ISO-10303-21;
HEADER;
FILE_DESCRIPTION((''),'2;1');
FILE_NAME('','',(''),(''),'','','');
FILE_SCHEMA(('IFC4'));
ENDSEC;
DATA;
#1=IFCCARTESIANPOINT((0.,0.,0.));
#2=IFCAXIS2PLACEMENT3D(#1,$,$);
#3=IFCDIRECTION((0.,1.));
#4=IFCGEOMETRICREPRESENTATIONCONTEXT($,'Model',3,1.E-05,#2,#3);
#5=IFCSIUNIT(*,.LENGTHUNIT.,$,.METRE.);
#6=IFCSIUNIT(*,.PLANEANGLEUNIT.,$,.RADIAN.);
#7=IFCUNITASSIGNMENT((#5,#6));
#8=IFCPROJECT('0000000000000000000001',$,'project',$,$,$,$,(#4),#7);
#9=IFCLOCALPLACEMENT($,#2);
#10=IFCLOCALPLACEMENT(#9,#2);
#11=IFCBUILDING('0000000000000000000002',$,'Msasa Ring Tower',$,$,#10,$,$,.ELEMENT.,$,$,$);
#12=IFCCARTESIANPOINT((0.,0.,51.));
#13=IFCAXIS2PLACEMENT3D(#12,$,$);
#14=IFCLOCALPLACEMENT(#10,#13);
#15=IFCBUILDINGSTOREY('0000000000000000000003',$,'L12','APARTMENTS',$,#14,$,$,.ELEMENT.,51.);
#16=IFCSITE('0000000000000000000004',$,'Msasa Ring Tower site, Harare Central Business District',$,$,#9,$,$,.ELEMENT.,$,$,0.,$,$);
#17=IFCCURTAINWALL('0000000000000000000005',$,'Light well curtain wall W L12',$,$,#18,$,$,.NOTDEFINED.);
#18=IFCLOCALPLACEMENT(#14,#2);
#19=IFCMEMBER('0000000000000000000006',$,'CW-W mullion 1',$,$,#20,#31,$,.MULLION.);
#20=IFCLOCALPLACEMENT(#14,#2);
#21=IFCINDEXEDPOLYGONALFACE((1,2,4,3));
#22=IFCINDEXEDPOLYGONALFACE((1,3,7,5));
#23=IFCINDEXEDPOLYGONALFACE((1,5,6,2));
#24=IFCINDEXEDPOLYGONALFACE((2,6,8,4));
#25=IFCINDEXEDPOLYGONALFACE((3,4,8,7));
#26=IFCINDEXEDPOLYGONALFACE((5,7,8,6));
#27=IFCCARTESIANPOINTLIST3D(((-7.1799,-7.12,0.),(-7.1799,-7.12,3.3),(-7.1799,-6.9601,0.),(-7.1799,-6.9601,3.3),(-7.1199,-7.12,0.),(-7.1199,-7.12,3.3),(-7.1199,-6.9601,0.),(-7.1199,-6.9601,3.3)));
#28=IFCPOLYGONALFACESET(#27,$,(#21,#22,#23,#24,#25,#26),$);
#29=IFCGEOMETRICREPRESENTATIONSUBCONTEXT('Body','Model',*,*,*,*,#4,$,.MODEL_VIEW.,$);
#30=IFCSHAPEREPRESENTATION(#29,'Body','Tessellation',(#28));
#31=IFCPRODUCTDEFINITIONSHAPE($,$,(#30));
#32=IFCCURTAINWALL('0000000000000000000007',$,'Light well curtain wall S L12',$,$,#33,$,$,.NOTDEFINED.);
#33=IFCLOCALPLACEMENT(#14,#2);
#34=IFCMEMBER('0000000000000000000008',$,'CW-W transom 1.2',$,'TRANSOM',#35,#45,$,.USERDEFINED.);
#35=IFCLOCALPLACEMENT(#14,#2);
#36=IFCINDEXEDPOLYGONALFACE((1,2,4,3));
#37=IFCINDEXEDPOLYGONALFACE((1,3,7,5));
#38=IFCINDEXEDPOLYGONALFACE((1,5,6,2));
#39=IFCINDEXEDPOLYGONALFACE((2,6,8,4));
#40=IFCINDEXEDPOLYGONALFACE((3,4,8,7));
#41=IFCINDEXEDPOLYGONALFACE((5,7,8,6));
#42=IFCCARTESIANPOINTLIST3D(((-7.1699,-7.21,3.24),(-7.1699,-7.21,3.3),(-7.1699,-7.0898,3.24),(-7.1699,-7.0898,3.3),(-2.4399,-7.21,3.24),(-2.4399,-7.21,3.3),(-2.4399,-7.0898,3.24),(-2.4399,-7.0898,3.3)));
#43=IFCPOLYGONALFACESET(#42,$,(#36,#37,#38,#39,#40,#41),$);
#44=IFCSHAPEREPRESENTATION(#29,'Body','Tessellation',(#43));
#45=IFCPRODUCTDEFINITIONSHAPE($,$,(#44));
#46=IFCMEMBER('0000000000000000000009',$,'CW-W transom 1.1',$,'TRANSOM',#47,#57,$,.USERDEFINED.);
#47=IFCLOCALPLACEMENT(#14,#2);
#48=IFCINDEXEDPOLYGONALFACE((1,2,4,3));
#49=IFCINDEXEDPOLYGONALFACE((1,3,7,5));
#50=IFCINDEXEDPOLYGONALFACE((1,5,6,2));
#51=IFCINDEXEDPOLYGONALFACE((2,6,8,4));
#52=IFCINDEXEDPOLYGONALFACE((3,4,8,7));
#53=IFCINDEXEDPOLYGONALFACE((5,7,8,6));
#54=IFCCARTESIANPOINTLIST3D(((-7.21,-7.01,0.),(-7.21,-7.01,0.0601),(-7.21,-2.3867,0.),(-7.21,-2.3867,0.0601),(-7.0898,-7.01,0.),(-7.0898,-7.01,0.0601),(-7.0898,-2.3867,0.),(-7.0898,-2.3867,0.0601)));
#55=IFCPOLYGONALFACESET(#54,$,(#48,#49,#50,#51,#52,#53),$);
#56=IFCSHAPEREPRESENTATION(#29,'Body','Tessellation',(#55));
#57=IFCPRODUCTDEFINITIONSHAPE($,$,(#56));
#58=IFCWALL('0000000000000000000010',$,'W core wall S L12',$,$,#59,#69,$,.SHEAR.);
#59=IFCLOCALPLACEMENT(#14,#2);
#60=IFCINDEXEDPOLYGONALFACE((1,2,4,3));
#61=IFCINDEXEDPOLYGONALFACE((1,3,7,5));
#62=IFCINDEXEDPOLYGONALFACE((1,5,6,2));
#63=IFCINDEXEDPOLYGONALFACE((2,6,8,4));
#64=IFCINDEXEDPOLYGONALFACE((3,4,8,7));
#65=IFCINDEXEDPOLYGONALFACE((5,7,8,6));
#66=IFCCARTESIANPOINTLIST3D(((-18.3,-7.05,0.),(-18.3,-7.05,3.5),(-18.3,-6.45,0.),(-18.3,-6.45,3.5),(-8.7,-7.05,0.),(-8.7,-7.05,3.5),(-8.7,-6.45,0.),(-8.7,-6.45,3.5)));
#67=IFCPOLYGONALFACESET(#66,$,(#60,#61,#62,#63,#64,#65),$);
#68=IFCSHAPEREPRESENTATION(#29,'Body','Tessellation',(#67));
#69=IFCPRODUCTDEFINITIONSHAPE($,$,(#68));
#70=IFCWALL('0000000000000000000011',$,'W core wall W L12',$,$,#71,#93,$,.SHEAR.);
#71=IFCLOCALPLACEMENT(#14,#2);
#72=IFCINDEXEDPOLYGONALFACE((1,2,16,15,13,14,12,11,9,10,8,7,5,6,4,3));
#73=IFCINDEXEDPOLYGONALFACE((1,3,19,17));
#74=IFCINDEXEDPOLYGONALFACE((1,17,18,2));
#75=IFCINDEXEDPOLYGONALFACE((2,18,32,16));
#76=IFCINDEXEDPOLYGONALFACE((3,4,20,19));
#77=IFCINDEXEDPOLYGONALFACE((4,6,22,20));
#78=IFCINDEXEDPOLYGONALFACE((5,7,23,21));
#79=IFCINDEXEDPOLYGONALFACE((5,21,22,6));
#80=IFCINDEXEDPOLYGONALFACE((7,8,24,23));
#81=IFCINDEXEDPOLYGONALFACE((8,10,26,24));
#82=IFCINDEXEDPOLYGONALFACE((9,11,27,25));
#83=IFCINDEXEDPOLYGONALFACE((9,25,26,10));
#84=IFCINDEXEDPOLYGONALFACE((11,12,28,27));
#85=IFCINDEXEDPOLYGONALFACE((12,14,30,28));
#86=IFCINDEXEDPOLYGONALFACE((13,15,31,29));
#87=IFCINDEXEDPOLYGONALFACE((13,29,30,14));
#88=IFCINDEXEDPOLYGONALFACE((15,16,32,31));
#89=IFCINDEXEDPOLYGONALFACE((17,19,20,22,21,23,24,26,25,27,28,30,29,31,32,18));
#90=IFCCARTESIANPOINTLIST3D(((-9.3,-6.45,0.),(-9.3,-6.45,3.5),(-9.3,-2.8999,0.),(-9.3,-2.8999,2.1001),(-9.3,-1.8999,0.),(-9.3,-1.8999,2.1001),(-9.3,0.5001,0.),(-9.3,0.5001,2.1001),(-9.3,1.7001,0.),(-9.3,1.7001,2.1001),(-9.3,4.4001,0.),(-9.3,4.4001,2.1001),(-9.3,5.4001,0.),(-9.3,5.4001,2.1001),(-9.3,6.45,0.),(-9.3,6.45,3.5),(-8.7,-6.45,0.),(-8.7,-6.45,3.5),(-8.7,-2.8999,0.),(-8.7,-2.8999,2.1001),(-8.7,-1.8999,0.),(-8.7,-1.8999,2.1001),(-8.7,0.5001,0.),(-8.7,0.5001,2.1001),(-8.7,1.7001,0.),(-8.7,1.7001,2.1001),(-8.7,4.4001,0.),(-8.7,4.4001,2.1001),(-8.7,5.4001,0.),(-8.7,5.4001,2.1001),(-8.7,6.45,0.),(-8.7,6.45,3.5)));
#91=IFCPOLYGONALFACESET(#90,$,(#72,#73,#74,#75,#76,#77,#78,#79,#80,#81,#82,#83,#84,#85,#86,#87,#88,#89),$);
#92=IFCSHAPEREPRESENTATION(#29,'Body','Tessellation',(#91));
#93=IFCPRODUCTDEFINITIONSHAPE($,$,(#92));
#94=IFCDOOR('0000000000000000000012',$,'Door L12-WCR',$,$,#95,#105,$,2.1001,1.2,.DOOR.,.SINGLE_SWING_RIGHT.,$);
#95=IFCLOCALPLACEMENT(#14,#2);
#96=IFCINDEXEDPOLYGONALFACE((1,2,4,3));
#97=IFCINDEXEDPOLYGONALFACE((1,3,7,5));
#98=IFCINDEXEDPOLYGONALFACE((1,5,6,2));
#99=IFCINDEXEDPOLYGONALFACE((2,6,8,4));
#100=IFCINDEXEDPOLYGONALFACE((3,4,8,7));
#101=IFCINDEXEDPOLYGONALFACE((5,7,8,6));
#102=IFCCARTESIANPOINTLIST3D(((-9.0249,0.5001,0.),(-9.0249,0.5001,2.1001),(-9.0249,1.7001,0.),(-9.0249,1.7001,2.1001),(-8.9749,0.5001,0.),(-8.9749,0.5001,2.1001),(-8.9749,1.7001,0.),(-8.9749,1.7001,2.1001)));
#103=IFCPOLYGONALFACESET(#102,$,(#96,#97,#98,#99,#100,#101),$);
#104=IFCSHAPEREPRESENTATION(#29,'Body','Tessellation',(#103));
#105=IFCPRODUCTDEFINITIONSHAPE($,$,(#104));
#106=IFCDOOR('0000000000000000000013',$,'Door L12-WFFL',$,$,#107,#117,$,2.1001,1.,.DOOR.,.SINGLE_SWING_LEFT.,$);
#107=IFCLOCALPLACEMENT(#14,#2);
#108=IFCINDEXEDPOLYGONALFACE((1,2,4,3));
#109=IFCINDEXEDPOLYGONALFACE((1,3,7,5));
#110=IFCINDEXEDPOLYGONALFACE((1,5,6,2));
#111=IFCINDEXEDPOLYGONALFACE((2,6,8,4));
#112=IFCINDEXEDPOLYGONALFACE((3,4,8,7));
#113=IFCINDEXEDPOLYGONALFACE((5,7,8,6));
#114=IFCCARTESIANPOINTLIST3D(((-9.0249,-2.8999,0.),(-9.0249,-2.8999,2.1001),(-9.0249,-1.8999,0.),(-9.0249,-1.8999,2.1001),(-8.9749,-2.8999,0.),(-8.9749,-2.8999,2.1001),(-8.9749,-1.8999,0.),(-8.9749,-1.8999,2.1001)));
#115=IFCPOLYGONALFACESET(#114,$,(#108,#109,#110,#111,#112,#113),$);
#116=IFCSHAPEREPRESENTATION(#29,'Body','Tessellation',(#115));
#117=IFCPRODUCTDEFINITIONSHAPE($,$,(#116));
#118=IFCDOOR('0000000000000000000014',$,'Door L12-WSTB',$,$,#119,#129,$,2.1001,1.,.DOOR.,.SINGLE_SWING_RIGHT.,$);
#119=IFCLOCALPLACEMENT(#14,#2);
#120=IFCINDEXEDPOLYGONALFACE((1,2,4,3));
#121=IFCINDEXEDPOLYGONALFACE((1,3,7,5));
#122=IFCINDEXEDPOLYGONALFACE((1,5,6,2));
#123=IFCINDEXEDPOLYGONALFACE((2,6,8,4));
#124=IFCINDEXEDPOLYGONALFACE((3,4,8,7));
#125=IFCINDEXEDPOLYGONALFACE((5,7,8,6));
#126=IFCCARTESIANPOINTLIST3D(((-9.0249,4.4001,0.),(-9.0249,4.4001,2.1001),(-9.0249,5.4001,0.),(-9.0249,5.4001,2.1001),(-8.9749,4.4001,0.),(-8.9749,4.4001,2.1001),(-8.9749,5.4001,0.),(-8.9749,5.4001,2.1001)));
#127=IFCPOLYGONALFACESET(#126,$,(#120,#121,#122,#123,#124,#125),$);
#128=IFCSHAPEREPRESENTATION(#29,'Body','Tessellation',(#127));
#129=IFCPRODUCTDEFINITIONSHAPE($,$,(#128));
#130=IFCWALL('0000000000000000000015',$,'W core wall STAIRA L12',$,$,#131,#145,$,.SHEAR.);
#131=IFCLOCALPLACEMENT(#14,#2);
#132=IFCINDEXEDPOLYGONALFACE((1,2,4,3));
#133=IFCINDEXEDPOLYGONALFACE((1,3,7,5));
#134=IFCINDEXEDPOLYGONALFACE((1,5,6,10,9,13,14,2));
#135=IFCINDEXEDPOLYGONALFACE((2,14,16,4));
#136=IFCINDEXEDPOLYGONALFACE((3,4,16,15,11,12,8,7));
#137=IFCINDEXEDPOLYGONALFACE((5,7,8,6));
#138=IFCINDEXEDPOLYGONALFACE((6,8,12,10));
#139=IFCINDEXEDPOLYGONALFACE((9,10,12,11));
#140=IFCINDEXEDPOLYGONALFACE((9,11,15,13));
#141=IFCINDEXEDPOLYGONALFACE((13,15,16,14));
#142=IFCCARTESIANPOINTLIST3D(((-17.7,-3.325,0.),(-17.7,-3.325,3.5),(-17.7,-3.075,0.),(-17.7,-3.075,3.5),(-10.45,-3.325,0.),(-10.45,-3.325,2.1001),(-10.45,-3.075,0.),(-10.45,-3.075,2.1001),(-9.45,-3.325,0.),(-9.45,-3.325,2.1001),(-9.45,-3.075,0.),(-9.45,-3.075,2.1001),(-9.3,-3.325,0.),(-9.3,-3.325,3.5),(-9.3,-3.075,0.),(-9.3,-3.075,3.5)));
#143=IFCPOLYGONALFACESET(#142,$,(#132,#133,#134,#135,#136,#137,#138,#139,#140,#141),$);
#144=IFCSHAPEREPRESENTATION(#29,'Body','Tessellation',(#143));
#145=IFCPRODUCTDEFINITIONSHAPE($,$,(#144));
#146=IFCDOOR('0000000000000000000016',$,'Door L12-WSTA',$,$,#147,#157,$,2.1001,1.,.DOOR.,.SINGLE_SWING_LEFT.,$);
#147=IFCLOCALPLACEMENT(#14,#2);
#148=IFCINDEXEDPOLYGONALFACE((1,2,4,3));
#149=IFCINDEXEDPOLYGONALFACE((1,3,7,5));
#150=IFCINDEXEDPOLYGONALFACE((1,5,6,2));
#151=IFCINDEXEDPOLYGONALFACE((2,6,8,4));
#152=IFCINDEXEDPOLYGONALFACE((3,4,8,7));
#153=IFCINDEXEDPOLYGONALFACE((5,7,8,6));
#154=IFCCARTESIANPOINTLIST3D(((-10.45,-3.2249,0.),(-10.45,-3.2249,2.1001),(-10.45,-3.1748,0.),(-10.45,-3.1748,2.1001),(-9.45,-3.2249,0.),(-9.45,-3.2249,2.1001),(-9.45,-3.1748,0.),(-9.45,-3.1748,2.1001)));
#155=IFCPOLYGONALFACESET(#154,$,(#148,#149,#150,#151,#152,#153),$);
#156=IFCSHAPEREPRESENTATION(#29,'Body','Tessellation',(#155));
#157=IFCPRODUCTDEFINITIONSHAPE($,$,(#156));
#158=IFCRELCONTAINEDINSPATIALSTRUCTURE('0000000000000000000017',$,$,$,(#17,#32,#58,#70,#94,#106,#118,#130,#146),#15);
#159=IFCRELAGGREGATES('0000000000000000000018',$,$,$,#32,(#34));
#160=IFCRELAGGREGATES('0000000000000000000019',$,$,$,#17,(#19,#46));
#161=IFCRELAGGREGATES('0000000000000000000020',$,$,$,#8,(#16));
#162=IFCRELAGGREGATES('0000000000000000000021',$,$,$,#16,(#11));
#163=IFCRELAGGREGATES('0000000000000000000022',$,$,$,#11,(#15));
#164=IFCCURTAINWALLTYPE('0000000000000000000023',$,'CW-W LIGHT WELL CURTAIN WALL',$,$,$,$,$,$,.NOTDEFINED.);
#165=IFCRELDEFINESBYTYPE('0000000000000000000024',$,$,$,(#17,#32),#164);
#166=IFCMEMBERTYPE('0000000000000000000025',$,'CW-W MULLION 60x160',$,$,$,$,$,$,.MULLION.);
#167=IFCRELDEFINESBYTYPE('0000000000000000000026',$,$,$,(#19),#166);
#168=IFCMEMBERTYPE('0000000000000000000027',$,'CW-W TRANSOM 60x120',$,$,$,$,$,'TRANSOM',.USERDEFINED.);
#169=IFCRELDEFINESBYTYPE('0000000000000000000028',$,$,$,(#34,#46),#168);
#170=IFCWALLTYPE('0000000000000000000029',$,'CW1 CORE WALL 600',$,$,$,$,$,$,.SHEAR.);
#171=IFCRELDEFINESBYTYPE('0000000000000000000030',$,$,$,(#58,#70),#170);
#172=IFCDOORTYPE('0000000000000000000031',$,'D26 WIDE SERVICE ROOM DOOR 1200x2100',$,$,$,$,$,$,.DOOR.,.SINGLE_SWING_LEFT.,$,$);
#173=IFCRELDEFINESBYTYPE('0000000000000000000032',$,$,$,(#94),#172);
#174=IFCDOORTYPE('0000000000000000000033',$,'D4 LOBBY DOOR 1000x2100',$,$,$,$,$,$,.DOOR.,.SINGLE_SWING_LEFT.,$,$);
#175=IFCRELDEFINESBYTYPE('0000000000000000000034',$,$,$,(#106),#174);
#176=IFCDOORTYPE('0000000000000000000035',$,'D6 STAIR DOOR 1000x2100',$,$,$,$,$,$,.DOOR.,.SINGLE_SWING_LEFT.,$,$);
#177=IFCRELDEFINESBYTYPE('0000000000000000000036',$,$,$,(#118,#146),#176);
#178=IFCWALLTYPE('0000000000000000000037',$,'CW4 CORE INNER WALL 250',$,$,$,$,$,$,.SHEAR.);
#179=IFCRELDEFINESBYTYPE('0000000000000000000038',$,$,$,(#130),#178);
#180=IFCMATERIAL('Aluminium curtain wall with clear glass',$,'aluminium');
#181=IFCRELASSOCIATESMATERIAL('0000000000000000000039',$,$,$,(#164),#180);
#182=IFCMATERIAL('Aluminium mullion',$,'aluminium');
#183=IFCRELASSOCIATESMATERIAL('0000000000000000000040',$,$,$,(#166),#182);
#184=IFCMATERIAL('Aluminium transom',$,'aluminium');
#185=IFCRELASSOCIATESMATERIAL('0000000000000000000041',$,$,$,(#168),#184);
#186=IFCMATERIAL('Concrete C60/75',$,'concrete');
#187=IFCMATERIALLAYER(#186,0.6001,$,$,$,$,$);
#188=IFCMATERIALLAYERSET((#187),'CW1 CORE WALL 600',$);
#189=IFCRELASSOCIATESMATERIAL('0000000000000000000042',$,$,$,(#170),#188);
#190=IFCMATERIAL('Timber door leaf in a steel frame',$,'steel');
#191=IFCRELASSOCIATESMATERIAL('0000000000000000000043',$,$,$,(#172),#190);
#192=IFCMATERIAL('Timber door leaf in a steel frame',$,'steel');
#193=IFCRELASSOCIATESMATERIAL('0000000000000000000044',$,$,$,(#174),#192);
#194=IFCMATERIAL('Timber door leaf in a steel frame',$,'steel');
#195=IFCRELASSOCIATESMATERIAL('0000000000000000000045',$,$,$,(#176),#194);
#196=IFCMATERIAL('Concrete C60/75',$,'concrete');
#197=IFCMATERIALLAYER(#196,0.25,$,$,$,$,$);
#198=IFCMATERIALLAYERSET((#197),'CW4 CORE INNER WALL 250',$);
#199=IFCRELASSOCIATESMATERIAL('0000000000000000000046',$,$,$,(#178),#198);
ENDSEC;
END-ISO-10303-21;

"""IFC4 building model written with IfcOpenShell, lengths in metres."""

from ifc_helpers import new_model, si_unit, direction, frame, frame_2d, origin, origin_2d, place, context, subcontext, project, spatial, rectangle, extrude, material, layer, layer_set, material_profile, profile_set, type_object, element, fill, aggregate, save


model = new_model("IFC4")

# Units and contexts
model_context = context("Model", 3, precision=1e-05, world=origin(), true_north=direction((0.0, 1.0)))
body_context = subcontext(model_context, "Body", "Model", "MODEL_VIEW")
ifc_project = project(units=[si_unit("LENGTHUNIT", "METRE"), si_unit("PLANEANGLEUNIT", "RADIAN")], contexts=[model_context])

# Site, building, storey
site_placement = place(None, origin())
site = spatial("IfcSite", under=ifc_project, at=site_placement, Name="Msasa Ring Tower site, Harare Central Business District", CompositionType="ELEMENT", RefElevation=0.0)
building_placement = place(site_placement, origin())
building = spatial("IfcBuilding", under=site, at=building_placement, Name="Msasa Ring Tower", CompositionType="ELEMENT")
storey_placement = place(building_placement, frame((0.0, 0.0, 51.0)))
storey = spatial("IfcBuildingStorey", under=building, at=storey_placement, Name="L12", Description="APARTMENTS", CompositionType="ELEMENT", Elevation=51.0)

# Curtain walls, members
ifc_material_1 = material(Name="Aluminium curtain wall with clear glass", Category="aluminium")
curtain_wall_type = type_object("IfcCurtainWallType", Name="CW-W LIGHT WELL CURTAIN WALL", PredefinedType="NOTDEFINED", material=ifc_material_1)
curtain_wall_1_placement = place(storey_placement, origin())
curtain_wall_1 = element("IfcCurtainWall", 1, at=curtain_wall_1_placement, inside=storey, type_object=curtain_wall_type, Name="Light well curtain wall W L12", PredefinedType="NOTDEFINED")
ifc_material_2 = material(Name="Aluminium mullion", Category="aluminium")
ifc_material_profile_1 = material_profile(ifc_material_2, rectangle(XDim=0.0601, YDim=0.1599, at=origin_2d()), Name="AL 60x160")
ifc_profile_set_1 = profile_set([ifc_material_profile_1], Name="Aluminium mullion")
member_type_1 = type_object("IfcMemberType", Name="CW-W MULLION 60x160", PredefinedType="MULLION", material=ifc_profile_set_1)
member_1_placement = place(storey_placement, frame((-7.1499, -7.04, 0.0), z_axis=(0.0, 0.0, 1.0), x_axis=(-1.0, 0.0, 0.0)))
member_1 = element("IfcMember", 2, at=member_1_placement, type_object=member_type_1, Name="CW-W mullion 1", PredefinedType="MULLION", context=body_context, shape_type="SweptSolid", body=[
    extrude(rectangle(XDim=0.0601, YDim=0.1599, at=origin_2d()), origin(), (0.0, 0.0, 1.0), 3.3),
])
curtain_wall_2_placement = place(storey_placement, origin())
curtain_wall_2 = element("IfcCurtainWall", 3, at=curtain_wall_2_placement, inside=storey, type_object=curtain_wall_type, Name="Light well curtain wall S L12", PredefinedType="NOTDEFINED")
ifc_material_3 = material(Name="Aluminium transom", Category="aluminium")
ifc_material_profile_2 = material_profile(ifc_material_3, rectangle(XDim=0.1201, YDim=0.0601, at=origin_2d()), Name="AL 60x120")
ifc_profile_set_2 = profile_set([ifc_material_profile_2], Name="Aluminium transom")
member_type_2 = type_object("IfcMemberType", Name="CW-W TRANSOM 60x120", ElementType="TRANSOM", PredefinedType="USERDEFINED", material=ifc_profile_set_2)
member_2_placement = place(storey_placement, frame((-7.1699, -7.1499, 3.27), z_axis=(1.0, 0.0, 0.0), x_axis=(0.0, 1.0, 0.0)))
member_2 = element("IfcMember", 4, at=member_2_placement, type_object=member_type_2, Name="CW-W transom 1.2", ObjectType="TRANSOM", PredefinedType="USERDEFINED", context=body_context, shape_type="SweptSolid", body=[
    extrude(rectangle(XDim=0.1201, YDim=0.0601, at=origin_2d()), origin(), (0.0, 0.0, 1.0), 4.73),
])
aggregate(curtain_wall_2, [member_2])

# Member
member_3_placement = place(storey_placement, frame((-7.1499, -7.01, 0.03), z_axis=(0.0, 1.0, 0.0), x_axis=(-1.0, 0.0, 0.0)))
member_3 = element("IfcMember", 5, at=member_3_placement, type_object=member_type_2, Name="CW-W transom 1.1", ObjectType="TRANSOM", PredefinedType="USERDEFINED", context=body_context, shape_type="SweptSolid", body=[
    extrude(rectangle(XDim=0.1201, YDim=0.0601, at=origin_2d()), origin(), (0.0, 0.0, 1.0), 4.6233),
])
aggregate(curtain_wall_1, [member_1, member_3])

# Wall
ifc_material_4 = material(Name="Concrete C60/75", Category="concrete")
ifc_layer_1 = layer(ifc_material_4, 0.6001)
ifc_layer_set_1 = layer_set([ifc_layer_1], Name="CW1 CORE WALL 600")
wall_type_1 = type_object("IfcWallType", Name="CW1 CORE WALL 600", PredefinedType="SHEAR", material=ifc_layer_set_1)
wall_1_placement = place(storey_placement, frame((-8.7, -6.75, 0.0), z_axis=(0.0, 0.0, 1.0), x_axis=(-1.0, 0.0, 0.0)))
element("IfcWall", 6, at=wall_1_placement, inside=storey, type_object=wall_type_1, Name="W core wall S L12", PredefinedType="SHEAR", context=body_context, shape_type="SweptSolid", body=[
    extrude(rectangle(XDim=9.6001, YDim=0.6001, at=frame_2d((4.8, 0.0))), origin(), (0.0, 0.0, 1.0), 3.5),
])

# Wall, openings, doors
wall_2_placement = place(storey_placement, frame((-9.0, -6.45, 0.0), z_axis=(0.0, 0.0, 1.0), x_axis=(0.0, 1.0, 0.0)))
wall_2 = element("IfcWall", 7, at=wall_2_placement, inside=storey, type_object=wall_type_1, Name="W core wall W L12", PredefinedType="SHEAR", context=body_context, shape_type="SweptSolid", body=[
    extrude(rectangle(XDim=12.8999, YDim=0.6001, at=frame_2d((6.45, 0.0))), origin(), (0.0, 0.0, 1.0), 3.5),
])
opening_1_placement = place(wall_2_placement, frame((3.55, 0.0, 0.0)))
opening_1 = element("IfcOpeningElement", 8, at=opening_1_placement, cuts=wall_2, PredefinedType="OPENING", context=body_context, shape_type="SweptSolid", body=[
    extrude(rectangle(XDim=1.0, YDim=2.1001, at=frame_2d((0.5, 1.05))), frame((0.0, 0.3101, 0.0), z_axis=(0.0, -1.0, 0.0), x_axis=(1.0, 0.0, 0.0)), (0.0, 0.0, 1.0), 0.6201),
])
opening_2_placement = place(wall_2_placement, frame((6.95, 0.0, 0.0)))
opening_2 = element("IfcOpeningElement", 9, at=opening_2_placement, cuts=wall_2, PredefinedType="OPENING", context=body_context, shape_type="SweptSolid", body=[
    extrude(rectangle(XDim=1.2, YDim=2.1001, at=frame_2d((0.6001, 1.05))), frame((0.0, 0.3101, 0.0), z_axis=(0.0, -1.0, 0.0), x_axis=(1.0, 0.0, 0.0)), (0.0, 0.0, 1.0), 0.6201),
])
opening_3_placement = place(wall_2_placement, frame((10.8501, 0.0, 0.0)))
opening_3 = element("IfcOpeningElement", 10, at=opening_3_placement, cuts=wall_2, PredefinedType="OPENING", context=body_context, shape_type="SweptSolid", body=[
    extrude(rectangle(XDim=1.0, YDim=2.1001, at=frame_2d((0.5, 1.05))), frame((0.0, 0.3101, 0.0), z_axis=(0.0, -1.0, 0.0), x_axis=(1.0, 0.0, 0.0)), (0.0, 0.0, 1.0), 0.6201),
])
ifc_material_5 = material(Name="Timber door leaf in a steel frame", Category="steel")
door_type_1 = type_object("IfcDoorType", Name="D26 WIDE SERVICE ROOM DOOR 1200x2100", OperationType="SINGLE_SWING_LEFT", PredefinedType="DOOR", material=ifc_material_5)
door_1_placement = place(opening_2_placement, origin())
door_1 = element("IfcDoor", 11, at=door_1_placement, inside=storey, type_object=door_type_1, Name="Door L12-WCR", OperationType="SINGLE_SWING_RIGHT", OverallHeight=2.1001, OverallWidth=1.2, PredefinedType="DOOR", context=body_context, shape_type="SweptSolid", body=[
    extrude(rectangle(XDim=1.2, YDim=2.1001, at=frame_2d((0.6001, 1.05))), frame((0.0, 0.0249, 0.0), z_axis=(0.0, -1.0, 0.0), x_axis=(1.0, 0.0, 0.0)), (0.0, 0.0, 1.0), 0.05),
])
fill(opening_2, door_1)
ifc_material_6 = material(Name="Timber door leaf in a steel frame", Category="steel")
door_type_2 = type_object("IfcDoorType", Name="D4 LOBBY DOOR 1000x2100", OperationType="SINGLE_SWING_LEFT", PredefinedType="DOOR", material=ifc_material_6)
door_2_placement = place(opening_1_placement, origin())
door_2 = element("IfcDoor", 12, at=door_2_placement, inside=storey, type_object=door_type_2, Name="Door L12-WFFL", OperationType="SINGLE_SWING_LEFT", OverallHeight=2.1001, OverallWidth=1.0, PredefinedType="DOOR", context=body_context, shape_type="SweptSolid", body=[
    extrude(rectangle(XDim=1.0, YDim=2.1001, at=frame_2d((0.5, 1.05))), frame((0.0, 0.0249, 0.0), z_axis=(0.0, -1.0, 0.0), x_axis=(1.0, 0.0, 0.0)), (0.0, 0.0, 1.0), 0.05),
])
fill(opening_1, door_2)
ifc_material_7 = material(Name="Timber door leaf in a steel frame", Category="steel")
door_type_3 = type_object("IfcDoorType", Name="D6 STAIR DOOR 1000x2100", OperationType="SINGLE_SWING_LEFT", PredefinedType="DOOR", material=ifc_material_7)
door_3_placement = place(opening_3_placement, origin())
door_3 = element("IfcDoor", 13, at=door_3_placement, inside=storey, type_object=door_type_3, Name="Door L12-WSTB", OperationType="SINGLE_SWING_RIGHT", OverallHeight=2.1001, OverallWidth=1.0, PredefinedType="DOOR", context=body_context, shape_type="SweptSolid", body=[
    extrude(rectangle(XDim=1.0, YDim=2.1001, at=frame_2d((0.5, 1.05))), frame((0.0, 0.0249, 0.0), z_axis=(0.0, -1.0, 0.0), x_axis=(1.0, 0.0, 0.0)), (0.0, 0.0, 1.0), 0.05),
])
fill(opening_3, door_3)

# Wall, opening, door
ifc_material_8 = material(Name="Concrete C60/75", Category="concrete")
ifc_layer_2 = layer(ifc_material_8, 0.25)
ifc_layer_set_2 = layer_set([ifc_layer_2], Name="CW4 CORE INNER WALL 250")
wall_type_2 = type_object("IfcWallType", Name="CW4 CORE INNER WALL 250", PredefinedType="SHEAR", material=ifc_layer_set_2)
wall_3_placement = place(storey_placement, frame((-9.3, -3.2, 0.0), z_axis=(0.0, 0.0, 1.0), x_axis=(-1.0, 0.0, 0.0)))
wall_3 = element("IfcWall", 14, at=wall_3_placement, inside=storey, type_object=wall_type_2, Name="W core wall STAIRA L12", PredefinedType="SHEAR", context=body_context, shape_type="SweptSolid", body=[
    extrude(rectangle(XDim=8.3999, YDim=0.25, at=frame_2d((4.2, 0.0))), origin(), (0.0, 0.0, 1.0), 3.5),
])
opening_4_placement = place(wall_3_placement, frame((0.1499, 0.0, 0.0)))
opening_4 = element("IfcOpeningElement", 15, at=opening_4_placement, cuts=wall_3, PredefinedType="OPENING", context=body_context, shape_type="SweptSolid", body=[
    extrude(rectangle(XDim=1.0, YDim=2.1001, at=frame_2d((0.5, 1.05))), frame((0.0, 0.135, 0.0), z_axis=(0.0, -1.0, 0.0), x_axis=(1.0, 0.0, 0.0)), (0.0, 0.0, 1.0), 0.27),
])
door_4_placement = place(opening_4_placement, origin())
door_4 = element("IfcDoor", 16, at=door_4_placement, inside=storey, type_object=door_type_3, Name="Door L12-WSTA", OperationType="SINGLE_SWING_LEFT", OverallHeight=2.1001, OverallWidth=1.0, PredefinedType="DOOR", context=body_context, shape_type="SweptSolid", body=[
    extrude(rectangle(XDim=1.0, YDim=2.1001, at=frame_2d((0.5, 1.05))), frame((0.0, 0.0249, 0.0), z_axis=(0.0, -1.0, 0.0), x_axis=(1.0, 0.0, 0.0)), (0.0, 0.0, 1.0), 0.05),
])
fill(opening_4, door_4)

save(model, "model.ifc")
